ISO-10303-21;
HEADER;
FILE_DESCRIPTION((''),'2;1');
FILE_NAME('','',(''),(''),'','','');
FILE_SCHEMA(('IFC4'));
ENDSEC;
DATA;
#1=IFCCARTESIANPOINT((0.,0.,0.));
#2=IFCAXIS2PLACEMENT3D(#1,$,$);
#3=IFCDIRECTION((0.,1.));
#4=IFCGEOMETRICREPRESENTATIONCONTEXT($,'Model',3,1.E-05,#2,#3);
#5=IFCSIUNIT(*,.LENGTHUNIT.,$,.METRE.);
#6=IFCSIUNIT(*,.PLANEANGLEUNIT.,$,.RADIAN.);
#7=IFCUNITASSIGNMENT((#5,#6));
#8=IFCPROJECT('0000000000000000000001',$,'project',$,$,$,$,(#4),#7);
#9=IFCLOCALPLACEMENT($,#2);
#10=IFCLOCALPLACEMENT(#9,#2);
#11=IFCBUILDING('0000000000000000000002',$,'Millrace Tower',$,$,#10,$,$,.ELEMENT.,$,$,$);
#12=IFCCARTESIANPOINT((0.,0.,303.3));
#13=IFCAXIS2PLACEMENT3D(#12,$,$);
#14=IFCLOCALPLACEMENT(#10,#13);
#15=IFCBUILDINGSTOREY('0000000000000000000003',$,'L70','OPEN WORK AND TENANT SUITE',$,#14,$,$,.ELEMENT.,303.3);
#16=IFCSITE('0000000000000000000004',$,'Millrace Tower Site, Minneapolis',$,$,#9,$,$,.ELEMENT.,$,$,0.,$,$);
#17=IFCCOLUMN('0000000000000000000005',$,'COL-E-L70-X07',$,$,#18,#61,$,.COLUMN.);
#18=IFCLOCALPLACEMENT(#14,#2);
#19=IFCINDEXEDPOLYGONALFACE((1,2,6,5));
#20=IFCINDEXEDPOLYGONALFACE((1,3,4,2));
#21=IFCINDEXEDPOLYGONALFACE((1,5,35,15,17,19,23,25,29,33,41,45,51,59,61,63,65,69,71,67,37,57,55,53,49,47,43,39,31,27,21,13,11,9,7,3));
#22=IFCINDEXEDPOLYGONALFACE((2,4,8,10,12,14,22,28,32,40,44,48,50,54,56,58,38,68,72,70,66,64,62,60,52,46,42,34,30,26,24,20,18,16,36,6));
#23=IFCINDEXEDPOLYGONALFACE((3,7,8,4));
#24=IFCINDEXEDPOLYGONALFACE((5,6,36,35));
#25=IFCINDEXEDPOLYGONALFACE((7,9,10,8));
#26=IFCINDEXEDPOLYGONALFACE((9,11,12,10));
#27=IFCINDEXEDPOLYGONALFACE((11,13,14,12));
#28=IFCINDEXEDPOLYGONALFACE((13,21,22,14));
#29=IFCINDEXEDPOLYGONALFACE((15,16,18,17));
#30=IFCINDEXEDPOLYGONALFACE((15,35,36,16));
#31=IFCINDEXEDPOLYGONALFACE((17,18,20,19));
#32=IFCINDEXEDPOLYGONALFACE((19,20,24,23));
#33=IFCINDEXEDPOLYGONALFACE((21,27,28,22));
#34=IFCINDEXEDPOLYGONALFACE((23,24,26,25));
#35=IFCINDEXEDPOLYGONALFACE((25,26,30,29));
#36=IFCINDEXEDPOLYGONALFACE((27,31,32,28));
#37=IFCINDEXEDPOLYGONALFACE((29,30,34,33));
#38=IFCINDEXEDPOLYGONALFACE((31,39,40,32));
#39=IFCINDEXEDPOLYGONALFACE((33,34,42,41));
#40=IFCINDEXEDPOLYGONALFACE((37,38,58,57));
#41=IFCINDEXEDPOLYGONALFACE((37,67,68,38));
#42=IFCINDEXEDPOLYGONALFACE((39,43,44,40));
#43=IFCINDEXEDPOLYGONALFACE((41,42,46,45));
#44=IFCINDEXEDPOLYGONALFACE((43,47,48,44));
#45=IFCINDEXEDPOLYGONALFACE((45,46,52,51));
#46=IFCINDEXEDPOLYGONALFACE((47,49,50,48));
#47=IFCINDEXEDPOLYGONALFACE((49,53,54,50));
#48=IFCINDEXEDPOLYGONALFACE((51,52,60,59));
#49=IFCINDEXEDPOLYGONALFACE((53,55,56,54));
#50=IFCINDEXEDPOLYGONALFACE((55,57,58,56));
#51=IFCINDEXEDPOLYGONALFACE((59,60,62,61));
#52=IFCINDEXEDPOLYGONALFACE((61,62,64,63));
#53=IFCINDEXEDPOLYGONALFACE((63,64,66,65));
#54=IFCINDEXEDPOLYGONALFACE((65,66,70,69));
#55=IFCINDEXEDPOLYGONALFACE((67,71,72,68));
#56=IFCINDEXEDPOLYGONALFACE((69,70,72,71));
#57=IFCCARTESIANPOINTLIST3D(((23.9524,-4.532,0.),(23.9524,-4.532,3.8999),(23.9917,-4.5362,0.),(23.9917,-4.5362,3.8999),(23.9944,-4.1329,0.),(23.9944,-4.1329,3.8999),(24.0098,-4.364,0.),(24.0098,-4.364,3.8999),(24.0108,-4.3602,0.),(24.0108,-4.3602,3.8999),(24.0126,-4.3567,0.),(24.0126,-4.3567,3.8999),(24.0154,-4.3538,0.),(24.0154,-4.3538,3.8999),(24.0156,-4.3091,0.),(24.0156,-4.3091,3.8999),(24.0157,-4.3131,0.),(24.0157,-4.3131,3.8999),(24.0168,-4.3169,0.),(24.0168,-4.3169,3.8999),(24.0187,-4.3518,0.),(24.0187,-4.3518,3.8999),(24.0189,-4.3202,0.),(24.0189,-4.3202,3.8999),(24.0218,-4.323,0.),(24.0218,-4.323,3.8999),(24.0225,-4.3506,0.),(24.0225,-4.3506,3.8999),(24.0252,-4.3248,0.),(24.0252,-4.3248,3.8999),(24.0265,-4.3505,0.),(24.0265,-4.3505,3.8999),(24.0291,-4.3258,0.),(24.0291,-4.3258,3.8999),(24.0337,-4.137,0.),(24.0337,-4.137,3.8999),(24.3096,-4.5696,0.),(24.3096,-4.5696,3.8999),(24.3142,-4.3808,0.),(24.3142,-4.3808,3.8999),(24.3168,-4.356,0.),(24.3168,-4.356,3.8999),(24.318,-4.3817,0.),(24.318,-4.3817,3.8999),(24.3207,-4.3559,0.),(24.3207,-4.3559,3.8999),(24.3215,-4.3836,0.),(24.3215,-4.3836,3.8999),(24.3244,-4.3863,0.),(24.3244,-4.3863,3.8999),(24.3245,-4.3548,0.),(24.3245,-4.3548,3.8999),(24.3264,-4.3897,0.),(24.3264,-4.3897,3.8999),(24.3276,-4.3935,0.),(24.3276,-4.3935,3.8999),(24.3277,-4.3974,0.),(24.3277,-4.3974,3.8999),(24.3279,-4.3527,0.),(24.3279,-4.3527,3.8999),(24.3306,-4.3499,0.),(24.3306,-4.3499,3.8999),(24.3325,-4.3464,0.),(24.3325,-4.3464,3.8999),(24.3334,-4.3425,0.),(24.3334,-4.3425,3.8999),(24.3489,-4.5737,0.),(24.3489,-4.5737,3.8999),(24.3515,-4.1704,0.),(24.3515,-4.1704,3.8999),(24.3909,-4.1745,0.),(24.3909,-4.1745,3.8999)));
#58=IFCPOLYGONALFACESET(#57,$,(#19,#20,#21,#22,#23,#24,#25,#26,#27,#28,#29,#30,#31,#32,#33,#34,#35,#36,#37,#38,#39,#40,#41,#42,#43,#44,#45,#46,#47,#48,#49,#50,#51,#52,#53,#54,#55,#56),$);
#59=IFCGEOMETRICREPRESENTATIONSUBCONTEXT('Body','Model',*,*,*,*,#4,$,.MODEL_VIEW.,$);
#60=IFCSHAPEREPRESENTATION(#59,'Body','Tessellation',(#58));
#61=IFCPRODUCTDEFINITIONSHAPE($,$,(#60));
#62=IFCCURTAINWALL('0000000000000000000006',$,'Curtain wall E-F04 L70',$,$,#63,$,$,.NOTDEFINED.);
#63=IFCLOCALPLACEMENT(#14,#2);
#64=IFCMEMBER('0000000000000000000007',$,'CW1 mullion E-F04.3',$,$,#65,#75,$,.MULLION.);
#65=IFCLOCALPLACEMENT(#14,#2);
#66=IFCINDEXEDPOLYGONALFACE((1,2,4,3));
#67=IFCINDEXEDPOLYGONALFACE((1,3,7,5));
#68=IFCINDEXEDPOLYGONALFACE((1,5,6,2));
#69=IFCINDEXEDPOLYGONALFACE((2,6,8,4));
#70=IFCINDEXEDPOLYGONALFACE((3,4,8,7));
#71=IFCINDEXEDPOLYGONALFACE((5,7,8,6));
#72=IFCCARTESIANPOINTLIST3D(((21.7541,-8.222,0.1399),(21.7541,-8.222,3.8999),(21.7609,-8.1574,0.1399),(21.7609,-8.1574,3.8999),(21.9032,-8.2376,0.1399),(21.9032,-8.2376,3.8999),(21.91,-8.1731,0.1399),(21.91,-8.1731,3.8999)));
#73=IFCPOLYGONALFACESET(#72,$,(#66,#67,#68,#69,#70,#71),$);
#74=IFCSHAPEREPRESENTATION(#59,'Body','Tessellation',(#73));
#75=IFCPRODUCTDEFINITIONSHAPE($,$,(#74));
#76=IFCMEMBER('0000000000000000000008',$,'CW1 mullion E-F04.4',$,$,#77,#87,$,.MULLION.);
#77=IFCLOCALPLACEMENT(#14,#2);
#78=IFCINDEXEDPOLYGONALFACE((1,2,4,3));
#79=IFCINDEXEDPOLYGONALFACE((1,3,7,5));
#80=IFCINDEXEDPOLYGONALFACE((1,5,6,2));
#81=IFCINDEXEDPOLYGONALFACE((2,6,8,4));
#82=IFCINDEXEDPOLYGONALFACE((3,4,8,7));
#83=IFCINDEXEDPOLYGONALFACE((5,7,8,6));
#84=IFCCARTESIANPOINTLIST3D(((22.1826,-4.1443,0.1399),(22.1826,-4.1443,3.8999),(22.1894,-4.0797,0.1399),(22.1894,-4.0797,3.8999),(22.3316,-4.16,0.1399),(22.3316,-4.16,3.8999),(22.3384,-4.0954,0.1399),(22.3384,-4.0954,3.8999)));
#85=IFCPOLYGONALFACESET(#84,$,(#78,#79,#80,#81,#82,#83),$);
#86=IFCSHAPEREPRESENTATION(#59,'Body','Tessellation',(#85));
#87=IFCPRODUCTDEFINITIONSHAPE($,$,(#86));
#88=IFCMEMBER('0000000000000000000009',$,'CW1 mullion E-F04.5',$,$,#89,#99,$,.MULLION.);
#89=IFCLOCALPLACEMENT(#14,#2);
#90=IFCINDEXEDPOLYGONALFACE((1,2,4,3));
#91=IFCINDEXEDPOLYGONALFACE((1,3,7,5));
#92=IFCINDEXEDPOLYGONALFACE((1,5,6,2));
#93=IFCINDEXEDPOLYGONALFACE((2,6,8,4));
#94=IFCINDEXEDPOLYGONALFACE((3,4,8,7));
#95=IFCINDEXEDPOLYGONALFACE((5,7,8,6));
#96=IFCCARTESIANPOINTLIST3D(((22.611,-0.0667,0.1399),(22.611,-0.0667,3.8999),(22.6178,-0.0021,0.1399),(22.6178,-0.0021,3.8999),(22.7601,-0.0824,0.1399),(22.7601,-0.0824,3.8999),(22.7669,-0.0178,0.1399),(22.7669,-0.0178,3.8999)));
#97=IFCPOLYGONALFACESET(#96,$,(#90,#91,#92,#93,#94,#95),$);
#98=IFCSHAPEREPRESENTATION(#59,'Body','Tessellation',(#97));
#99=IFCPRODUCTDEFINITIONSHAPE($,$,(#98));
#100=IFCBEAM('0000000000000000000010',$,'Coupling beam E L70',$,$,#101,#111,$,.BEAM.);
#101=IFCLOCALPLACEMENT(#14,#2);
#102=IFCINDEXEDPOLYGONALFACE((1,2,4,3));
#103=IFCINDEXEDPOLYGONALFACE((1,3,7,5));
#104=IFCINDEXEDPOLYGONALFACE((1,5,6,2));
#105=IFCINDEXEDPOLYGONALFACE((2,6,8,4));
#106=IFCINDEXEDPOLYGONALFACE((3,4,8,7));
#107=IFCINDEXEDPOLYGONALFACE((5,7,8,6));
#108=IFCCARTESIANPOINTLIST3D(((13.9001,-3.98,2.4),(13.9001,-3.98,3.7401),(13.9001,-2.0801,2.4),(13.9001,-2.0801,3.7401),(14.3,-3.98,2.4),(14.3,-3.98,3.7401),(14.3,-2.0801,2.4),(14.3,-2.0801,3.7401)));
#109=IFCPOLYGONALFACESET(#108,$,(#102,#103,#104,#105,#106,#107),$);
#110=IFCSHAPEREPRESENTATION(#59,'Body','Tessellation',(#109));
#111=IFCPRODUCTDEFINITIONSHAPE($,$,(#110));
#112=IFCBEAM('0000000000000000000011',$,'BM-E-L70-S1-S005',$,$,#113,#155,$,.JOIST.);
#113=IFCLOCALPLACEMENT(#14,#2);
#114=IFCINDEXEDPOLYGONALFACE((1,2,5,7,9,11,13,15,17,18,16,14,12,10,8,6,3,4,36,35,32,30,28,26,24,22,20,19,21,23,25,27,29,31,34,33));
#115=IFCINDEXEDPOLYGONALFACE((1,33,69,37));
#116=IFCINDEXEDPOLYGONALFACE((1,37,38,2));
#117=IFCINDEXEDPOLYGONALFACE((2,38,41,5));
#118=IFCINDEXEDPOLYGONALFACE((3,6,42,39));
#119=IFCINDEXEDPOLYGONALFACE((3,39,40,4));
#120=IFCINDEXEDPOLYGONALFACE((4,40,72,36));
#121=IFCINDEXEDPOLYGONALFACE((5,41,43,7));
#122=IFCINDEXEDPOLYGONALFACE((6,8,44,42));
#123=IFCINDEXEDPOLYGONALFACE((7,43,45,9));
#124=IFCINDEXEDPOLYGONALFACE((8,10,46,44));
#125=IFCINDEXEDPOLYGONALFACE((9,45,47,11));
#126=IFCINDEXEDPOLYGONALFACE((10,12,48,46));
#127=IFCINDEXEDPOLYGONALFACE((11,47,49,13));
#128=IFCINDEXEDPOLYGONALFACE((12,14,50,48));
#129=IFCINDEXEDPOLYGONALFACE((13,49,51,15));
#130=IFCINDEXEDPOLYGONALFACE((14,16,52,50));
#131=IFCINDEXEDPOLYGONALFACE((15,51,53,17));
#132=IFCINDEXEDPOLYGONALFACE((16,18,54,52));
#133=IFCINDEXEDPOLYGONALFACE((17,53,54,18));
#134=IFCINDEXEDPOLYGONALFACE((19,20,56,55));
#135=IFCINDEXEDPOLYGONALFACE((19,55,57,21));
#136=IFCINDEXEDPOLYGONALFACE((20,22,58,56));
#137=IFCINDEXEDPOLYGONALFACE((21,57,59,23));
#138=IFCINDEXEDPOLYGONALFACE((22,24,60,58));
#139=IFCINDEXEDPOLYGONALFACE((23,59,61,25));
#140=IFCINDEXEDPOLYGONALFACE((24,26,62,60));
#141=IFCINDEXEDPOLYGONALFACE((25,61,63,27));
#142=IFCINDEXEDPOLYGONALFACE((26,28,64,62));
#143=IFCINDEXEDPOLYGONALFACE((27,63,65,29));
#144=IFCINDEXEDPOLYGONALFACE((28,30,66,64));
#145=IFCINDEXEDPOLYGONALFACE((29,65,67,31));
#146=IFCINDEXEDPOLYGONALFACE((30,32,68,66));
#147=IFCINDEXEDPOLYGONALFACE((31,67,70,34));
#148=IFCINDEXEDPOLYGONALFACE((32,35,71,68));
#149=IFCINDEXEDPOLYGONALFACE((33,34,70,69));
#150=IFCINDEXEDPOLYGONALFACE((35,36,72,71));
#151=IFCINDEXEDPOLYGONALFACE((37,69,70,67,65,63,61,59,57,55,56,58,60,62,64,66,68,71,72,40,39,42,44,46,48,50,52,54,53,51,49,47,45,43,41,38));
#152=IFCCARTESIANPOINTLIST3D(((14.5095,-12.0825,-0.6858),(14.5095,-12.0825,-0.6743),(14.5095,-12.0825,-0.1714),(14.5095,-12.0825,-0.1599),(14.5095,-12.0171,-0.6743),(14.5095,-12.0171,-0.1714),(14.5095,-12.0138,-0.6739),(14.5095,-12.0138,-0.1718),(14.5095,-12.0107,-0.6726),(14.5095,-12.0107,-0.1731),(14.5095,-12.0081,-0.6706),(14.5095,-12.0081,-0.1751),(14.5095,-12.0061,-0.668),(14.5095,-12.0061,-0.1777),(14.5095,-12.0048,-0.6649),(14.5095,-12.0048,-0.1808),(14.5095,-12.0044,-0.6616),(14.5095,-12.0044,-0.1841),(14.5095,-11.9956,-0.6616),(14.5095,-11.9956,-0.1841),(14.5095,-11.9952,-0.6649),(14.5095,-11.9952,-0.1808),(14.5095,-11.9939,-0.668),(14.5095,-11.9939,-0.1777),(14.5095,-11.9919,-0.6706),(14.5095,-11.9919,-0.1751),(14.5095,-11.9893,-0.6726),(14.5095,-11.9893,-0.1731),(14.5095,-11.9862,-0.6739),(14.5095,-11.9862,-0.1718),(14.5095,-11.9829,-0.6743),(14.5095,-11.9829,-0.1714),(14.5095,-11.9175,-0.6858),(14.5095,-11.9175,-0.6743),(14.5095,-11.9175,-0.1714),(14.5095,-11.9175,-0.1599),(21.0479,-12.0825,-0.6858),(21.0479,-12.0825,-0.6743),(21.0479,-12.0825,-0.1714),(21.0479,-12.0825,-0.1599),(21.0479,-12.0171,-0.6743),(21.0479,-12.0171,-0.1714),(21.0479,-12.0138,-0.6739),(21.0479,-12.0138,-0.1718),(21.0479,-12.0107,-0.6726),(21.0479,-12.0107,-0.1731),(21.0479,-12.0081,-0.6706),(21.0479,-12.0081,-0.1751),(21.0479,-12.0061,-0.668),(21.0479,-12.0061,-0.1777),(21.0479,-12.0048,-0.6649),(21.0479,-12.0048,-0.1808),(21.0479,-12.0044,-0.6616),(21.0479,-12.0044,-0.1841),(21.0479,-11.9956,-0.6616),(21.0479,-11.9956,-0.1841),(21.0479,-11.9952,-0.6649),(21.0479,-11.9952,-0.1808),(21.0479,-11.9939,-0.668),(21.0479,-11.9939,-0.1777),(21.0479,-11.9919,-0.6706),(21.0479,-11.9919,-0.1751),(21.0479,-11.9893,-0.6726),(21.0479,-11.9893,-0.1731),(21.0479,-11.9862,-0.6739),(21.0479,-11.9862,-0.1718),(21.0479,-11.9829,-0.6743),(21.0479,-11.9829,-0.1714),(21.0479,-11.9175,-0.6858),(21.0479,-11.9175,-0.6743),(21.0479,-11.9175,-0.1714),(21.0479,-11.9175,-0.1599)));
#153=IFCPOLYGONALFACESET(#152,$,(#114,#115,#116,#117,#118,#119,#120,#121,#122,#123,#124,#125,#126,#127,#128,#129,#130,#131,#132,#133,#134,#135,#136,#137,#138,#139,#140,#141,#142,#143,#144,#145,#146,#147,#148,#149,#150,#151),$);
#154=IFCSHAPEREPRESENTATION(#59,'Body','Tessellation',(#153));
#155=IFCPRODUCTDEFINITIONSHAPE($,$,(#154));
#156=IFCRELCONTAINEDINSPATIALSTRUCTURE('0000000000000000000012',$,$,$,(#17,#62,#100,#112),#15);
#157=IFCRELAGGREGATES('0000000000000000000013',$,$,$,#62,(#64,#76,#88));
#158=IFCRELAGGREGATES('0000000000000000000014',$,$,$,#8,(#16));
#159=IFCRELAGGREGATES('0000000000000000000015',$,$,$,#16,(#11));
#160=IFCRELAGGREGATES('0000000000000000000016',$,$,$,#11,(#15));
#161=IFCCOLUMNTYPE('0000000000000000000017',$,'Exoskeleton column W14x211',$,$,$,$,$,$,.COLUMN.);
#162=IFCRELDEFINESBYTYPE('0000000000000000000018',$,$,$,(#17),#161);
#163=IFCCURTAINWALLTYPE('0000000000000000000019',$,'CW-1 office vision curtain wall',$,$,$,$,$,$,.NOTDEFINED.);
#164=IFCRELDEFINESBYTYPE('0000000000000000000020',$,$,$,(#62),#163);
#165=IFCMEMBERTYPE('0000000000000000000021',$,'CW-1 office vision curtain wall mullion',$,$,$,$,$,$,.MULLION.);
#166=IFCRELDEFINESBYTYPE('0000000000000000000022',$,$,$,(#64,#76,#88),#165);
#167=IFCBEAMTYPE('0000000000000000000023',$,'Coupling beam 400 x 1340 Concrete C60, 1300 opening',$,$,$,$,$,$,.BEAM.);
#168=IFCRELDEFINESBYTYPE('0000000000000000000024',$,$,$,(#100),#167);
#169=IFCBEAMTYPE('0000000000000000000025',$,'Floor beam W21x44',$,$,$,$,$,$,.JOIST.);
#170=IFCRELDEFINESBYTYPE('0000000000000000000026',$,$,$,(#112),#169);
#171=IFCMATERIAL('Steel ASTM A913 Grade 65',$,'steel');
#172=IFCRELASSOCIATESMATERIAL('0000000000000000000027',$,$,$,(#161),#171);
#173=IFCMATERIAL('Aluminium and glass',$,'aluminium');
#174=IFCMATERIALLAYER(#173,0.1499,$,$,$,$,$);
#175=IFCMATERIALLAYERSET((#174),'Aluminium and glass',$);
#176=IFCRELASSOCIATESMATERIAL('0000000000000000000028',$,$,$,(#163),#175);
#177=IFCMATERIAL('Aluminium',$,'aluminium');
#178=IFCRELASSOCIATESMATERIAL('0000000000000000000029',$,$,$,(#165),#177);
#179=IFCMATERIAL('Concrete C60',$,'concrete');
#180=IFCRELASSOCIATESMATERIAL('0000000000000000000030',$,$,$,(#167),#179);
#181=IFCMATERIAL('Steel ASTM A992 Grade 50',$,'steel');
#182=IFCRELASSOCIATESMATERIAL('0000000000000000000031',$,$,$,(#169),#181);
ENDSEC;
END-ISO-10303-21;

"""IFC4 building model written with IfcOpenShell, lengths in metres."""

from ifc_helpers import new_model, si_unit, direction, frame, origin, origin_2d, place, context, subcontext, project, spatial, rectangle, i_section, extrude, material, layer, layer_set, material_profile, profile_set, type_object, element, aggregate, save


model = new_model("IFC4")

# Units and contexts
model_context = context("Model", 3, precision=1e-05, world=origin(), true_north=direction((0.0, 1.0)))
body_context = subcontext(model_context, "Body", "Model", "MODEL_VIEW")
ifc_project = project(units=[si_unit("LENGTHUNIT", "METRE"), si_unit("PLANEANGLEUNIT", "RADIAN")], contexts=[model_context])

# Site, building, storey
site_placement = place(None, origin())
site = spatial("IfcSite", under=ifc_project, at=site_placement, Name="Millrace Tower Site, Minneapolis", CompositionType="ELEMENT", RefElevation=0.0)
building_placement = place(site_placement, origin())
building = spatial("IfcBuilding", under=site, at=building_placement, Name="Millrace Tower", CompositionType="ELEMENT")
storey_placement = place(building_placement, frame((0.0, 0.0, 303.3)))
storey = spatial("IfcBuildingStorey", under=building, at=storey_placement, Name="L70", Description="OPEN WORK AND TENANT SUITE", CompositionType="ELEMENT", Elevation=303.3)

# Column
ifc_material_1 = material(Name="Steel ASTM A913 Grade 65", Category="steel")
ifc_material_profile_1 = material_profile(ifc_material_1, i_section(OverallWidth=0.4014, OverallDepth=0.3987, WebThickness=0.0249, FlangeThickness=0.0396, FilletRadius=0.0151, at=origin_2d()))
ifc_profile_set_1 = profile_set([ifc_material_profile_1], Name="Steel ASTM A913 Grade 65")
column_type = type_object("IfcColumnType", Name="Exoskeleton column W14x211", PredefinedType="COLUMN", material=ifc_profile_set_1)
column_placement = place(storey_placement, frame((24.1716, -4.3533, 0.0), z_axis=(0.0, 0.0, 1.0), x_axis=(0.104528, 0.994522, 0.0)))
element("IfcColumn", 1, at=column_placement, inside=storey, type_object=column_type, Name="COL-E-L70-X07", PredefinedType="COLUMN", context=body_context, shape_type="SweptSolid", body=[
    extrude(i_section(OverallWidth=0.4014, OverallDepth=0.3987, WebThickness=0.0249, FlangeThickness=0.0396, FilletRadius=0.0151, at=origin_2d()), origin(), (0.0, 0.0, 1.0), 3.8999),
])

# Curtain wall, members
ifc_material_2 = material(Name="Aluminium and glass", Category="aluminium")
ifc_layer_1 = layer(ifc_material_2, 0.1499)
ifc_layer_set_1 = layer_set([ifc_layer_1], Name="Aluminium and glass")
curtain_wall_type = type_object("IfcCurtainWallType", Name="CW-1 office vision curtain wall", PredefinedType="NOTDEFINED", material=ifc_layer_set_1)
placement = place(storey_placement, origin())
curtain_wall = element("IfcCurtainWall", 2, at=placement, inside=storey, type_object=curtain_wall_type, Name="Curtain wall E-F04 L70", PredefinedType="NOTDEFINED")
ifc_material_3 = material(Name="Aluminium", Category="aluminium")
ifc_material_profile_2 = material_profile(ifc_material_3, rectangle(XDim=0.0649, YDim=0.1499, at=origin_2d()))
ifc_profile_set_2 = profile_set([ifc_material_profile_2], Name="Aluminium")
member_type = type_object("IfcMemberType", Name="CW-1 office vision curtain wall mullion", PredefinedType="MULLION", material=ifc_profile_set_2)
member_1_placement = place(storey_placement, frame((21.832, -8.1975, 0.1399), z_axis=(0.0, 0.0, 1.0), x_axis=(0.104528, 0.994522, 0.0)))
member_1 = element("IfcMember", 3, at=member_1_placement, type_object=member_type, Name="CW1 mullion E-F04.3", PredefinedType="MULLION", context=body_context, shape_type="SweptSolid", body=[
    extrude(rectangle(XDim=0.0649, YDim=0.1499, at=origin_2d()), origin(), (0.0, 0.0, 1.0), 3.76),
])
member_2_placement = place(storey_placement, frame((22.2605, -4.1199, 0.1399), z_axis=(0.0, 0.0, 1.0), x_axis=(0.104528, 0.994522, 0.0)))
member_2 = element("IfcMember", 4, at=member_2_placement, type_object=member_type, Name="CW1 mullion E-F04.4", PredefinedType="MULLION", context=body_context, shape_type="SweptSolid", body=[
    extrude(rectangle(XDim=0.0649, YDim=0.1499, at=origin_2d()), origin(), (0.0, 0.0, 1.0), 3.76),
])
member_3_placement = place(storey_placement, frame((22.689, -0.0422, 0.1399), z_axis=(0.0, 0.0, 1.0), x_axis=(0.104528, 0.994522, 0.0)))
member_3 = element("IfcMember", 5, at=member_3_placement, type_object=member_type, Name="CW1 mullion E-F04.5", PredefinedType="MULLION", context=body_context, shape_type="SweptSolid", body=[
    extrude(rectangle(XDim=0.0649, YDim=0.1499, at=origin_2d()), origin(), (0.0, 0.0, 1.0), 3.76),
])
aggregate(curtain_wall, [member_1, member_2, member_3])

# Beams
ifc_material_4 = material(Name="Concrete C60", Category="concrete")
ifc_material_profile_3 = material_profile(ifc_material_4, rectangle(XDim=0.3999, YDim=1.3401, at=origin_2d()))
ifc_profile_set_3 = profile_set([ifc_material_profile_3], Name="Concrete C60")
beam_type_1 = type_object("IfcBeamType", Name="Coupling beam 400 x 1340 Concrete C60, 1300 opening", PredefinedType="BEAM", material=ifc_profile_set_3)
beam_1_placement = place(storey_placement, frame((14.1001, -2.0801, 3.0701), z_axis=(0.0, -1.0, 0.0), x_axis=(1.0, 0.0, 0.0)))
element("IfcBeam", 6, at=beam_1_placement, inside=storey, type_object=beam_type_1, Name="Coupling beam E L70", PredefinedType="BEAM", context=body_context, shape_type="SweptSolid", body=[
    extrude(rectangle(XDim=0.3999, YDim=1.3401, at=origin_2d()), origin(), (0.0, 0.0, 1.0), 1.8999),
])
ifc_material_5 = material(Name="Steel ASTM A992 Grade 50", Category="steel")
ifc_material_profile_4 = material_profile(ifc_material_5, i_section(OverallWidth=0.165, OverallDepth=0.5259, WebThickness=0.0088, FlangeThickness=0.0115, FilletRadius=0.0127, at=origin_2d()))
ifc_profile_set_4 = profile_set([ifc_material_profile_4], Name="Steel ASTM A992 Grade 50")
beam_type_2 = type_object("IfcBeamType", Name="Floor beam W21x44", PredefinedType="JOIST", material=ifc_profile_set_4)
beam_2_placement = place(storey_placement, frame((14.5095, -12.0, -0.4229), z_axis=(1.0, 0.0, 0.0), x_axis=(0.0, 1.0, 0.0)))
element("IfcBeam", 7, at=beam_2_placement, inside=storey, type_object=beam_type_2, Name="BM-E-L70-S1-S005", PredefinedType="JOIST", context=body_context, shape_type="SweptSolid", body=[
    extrude(i_section(OverallWidth=0.165, OverallDepth=0.5259, WebThickness=0.0088, FlangeThickness=0.0115, FilletRadius=0.0127, at=origin_2d()), origin(), (0.0, 0.0, 1.0), 6.5383),
])

save(model, "model.ifc")
